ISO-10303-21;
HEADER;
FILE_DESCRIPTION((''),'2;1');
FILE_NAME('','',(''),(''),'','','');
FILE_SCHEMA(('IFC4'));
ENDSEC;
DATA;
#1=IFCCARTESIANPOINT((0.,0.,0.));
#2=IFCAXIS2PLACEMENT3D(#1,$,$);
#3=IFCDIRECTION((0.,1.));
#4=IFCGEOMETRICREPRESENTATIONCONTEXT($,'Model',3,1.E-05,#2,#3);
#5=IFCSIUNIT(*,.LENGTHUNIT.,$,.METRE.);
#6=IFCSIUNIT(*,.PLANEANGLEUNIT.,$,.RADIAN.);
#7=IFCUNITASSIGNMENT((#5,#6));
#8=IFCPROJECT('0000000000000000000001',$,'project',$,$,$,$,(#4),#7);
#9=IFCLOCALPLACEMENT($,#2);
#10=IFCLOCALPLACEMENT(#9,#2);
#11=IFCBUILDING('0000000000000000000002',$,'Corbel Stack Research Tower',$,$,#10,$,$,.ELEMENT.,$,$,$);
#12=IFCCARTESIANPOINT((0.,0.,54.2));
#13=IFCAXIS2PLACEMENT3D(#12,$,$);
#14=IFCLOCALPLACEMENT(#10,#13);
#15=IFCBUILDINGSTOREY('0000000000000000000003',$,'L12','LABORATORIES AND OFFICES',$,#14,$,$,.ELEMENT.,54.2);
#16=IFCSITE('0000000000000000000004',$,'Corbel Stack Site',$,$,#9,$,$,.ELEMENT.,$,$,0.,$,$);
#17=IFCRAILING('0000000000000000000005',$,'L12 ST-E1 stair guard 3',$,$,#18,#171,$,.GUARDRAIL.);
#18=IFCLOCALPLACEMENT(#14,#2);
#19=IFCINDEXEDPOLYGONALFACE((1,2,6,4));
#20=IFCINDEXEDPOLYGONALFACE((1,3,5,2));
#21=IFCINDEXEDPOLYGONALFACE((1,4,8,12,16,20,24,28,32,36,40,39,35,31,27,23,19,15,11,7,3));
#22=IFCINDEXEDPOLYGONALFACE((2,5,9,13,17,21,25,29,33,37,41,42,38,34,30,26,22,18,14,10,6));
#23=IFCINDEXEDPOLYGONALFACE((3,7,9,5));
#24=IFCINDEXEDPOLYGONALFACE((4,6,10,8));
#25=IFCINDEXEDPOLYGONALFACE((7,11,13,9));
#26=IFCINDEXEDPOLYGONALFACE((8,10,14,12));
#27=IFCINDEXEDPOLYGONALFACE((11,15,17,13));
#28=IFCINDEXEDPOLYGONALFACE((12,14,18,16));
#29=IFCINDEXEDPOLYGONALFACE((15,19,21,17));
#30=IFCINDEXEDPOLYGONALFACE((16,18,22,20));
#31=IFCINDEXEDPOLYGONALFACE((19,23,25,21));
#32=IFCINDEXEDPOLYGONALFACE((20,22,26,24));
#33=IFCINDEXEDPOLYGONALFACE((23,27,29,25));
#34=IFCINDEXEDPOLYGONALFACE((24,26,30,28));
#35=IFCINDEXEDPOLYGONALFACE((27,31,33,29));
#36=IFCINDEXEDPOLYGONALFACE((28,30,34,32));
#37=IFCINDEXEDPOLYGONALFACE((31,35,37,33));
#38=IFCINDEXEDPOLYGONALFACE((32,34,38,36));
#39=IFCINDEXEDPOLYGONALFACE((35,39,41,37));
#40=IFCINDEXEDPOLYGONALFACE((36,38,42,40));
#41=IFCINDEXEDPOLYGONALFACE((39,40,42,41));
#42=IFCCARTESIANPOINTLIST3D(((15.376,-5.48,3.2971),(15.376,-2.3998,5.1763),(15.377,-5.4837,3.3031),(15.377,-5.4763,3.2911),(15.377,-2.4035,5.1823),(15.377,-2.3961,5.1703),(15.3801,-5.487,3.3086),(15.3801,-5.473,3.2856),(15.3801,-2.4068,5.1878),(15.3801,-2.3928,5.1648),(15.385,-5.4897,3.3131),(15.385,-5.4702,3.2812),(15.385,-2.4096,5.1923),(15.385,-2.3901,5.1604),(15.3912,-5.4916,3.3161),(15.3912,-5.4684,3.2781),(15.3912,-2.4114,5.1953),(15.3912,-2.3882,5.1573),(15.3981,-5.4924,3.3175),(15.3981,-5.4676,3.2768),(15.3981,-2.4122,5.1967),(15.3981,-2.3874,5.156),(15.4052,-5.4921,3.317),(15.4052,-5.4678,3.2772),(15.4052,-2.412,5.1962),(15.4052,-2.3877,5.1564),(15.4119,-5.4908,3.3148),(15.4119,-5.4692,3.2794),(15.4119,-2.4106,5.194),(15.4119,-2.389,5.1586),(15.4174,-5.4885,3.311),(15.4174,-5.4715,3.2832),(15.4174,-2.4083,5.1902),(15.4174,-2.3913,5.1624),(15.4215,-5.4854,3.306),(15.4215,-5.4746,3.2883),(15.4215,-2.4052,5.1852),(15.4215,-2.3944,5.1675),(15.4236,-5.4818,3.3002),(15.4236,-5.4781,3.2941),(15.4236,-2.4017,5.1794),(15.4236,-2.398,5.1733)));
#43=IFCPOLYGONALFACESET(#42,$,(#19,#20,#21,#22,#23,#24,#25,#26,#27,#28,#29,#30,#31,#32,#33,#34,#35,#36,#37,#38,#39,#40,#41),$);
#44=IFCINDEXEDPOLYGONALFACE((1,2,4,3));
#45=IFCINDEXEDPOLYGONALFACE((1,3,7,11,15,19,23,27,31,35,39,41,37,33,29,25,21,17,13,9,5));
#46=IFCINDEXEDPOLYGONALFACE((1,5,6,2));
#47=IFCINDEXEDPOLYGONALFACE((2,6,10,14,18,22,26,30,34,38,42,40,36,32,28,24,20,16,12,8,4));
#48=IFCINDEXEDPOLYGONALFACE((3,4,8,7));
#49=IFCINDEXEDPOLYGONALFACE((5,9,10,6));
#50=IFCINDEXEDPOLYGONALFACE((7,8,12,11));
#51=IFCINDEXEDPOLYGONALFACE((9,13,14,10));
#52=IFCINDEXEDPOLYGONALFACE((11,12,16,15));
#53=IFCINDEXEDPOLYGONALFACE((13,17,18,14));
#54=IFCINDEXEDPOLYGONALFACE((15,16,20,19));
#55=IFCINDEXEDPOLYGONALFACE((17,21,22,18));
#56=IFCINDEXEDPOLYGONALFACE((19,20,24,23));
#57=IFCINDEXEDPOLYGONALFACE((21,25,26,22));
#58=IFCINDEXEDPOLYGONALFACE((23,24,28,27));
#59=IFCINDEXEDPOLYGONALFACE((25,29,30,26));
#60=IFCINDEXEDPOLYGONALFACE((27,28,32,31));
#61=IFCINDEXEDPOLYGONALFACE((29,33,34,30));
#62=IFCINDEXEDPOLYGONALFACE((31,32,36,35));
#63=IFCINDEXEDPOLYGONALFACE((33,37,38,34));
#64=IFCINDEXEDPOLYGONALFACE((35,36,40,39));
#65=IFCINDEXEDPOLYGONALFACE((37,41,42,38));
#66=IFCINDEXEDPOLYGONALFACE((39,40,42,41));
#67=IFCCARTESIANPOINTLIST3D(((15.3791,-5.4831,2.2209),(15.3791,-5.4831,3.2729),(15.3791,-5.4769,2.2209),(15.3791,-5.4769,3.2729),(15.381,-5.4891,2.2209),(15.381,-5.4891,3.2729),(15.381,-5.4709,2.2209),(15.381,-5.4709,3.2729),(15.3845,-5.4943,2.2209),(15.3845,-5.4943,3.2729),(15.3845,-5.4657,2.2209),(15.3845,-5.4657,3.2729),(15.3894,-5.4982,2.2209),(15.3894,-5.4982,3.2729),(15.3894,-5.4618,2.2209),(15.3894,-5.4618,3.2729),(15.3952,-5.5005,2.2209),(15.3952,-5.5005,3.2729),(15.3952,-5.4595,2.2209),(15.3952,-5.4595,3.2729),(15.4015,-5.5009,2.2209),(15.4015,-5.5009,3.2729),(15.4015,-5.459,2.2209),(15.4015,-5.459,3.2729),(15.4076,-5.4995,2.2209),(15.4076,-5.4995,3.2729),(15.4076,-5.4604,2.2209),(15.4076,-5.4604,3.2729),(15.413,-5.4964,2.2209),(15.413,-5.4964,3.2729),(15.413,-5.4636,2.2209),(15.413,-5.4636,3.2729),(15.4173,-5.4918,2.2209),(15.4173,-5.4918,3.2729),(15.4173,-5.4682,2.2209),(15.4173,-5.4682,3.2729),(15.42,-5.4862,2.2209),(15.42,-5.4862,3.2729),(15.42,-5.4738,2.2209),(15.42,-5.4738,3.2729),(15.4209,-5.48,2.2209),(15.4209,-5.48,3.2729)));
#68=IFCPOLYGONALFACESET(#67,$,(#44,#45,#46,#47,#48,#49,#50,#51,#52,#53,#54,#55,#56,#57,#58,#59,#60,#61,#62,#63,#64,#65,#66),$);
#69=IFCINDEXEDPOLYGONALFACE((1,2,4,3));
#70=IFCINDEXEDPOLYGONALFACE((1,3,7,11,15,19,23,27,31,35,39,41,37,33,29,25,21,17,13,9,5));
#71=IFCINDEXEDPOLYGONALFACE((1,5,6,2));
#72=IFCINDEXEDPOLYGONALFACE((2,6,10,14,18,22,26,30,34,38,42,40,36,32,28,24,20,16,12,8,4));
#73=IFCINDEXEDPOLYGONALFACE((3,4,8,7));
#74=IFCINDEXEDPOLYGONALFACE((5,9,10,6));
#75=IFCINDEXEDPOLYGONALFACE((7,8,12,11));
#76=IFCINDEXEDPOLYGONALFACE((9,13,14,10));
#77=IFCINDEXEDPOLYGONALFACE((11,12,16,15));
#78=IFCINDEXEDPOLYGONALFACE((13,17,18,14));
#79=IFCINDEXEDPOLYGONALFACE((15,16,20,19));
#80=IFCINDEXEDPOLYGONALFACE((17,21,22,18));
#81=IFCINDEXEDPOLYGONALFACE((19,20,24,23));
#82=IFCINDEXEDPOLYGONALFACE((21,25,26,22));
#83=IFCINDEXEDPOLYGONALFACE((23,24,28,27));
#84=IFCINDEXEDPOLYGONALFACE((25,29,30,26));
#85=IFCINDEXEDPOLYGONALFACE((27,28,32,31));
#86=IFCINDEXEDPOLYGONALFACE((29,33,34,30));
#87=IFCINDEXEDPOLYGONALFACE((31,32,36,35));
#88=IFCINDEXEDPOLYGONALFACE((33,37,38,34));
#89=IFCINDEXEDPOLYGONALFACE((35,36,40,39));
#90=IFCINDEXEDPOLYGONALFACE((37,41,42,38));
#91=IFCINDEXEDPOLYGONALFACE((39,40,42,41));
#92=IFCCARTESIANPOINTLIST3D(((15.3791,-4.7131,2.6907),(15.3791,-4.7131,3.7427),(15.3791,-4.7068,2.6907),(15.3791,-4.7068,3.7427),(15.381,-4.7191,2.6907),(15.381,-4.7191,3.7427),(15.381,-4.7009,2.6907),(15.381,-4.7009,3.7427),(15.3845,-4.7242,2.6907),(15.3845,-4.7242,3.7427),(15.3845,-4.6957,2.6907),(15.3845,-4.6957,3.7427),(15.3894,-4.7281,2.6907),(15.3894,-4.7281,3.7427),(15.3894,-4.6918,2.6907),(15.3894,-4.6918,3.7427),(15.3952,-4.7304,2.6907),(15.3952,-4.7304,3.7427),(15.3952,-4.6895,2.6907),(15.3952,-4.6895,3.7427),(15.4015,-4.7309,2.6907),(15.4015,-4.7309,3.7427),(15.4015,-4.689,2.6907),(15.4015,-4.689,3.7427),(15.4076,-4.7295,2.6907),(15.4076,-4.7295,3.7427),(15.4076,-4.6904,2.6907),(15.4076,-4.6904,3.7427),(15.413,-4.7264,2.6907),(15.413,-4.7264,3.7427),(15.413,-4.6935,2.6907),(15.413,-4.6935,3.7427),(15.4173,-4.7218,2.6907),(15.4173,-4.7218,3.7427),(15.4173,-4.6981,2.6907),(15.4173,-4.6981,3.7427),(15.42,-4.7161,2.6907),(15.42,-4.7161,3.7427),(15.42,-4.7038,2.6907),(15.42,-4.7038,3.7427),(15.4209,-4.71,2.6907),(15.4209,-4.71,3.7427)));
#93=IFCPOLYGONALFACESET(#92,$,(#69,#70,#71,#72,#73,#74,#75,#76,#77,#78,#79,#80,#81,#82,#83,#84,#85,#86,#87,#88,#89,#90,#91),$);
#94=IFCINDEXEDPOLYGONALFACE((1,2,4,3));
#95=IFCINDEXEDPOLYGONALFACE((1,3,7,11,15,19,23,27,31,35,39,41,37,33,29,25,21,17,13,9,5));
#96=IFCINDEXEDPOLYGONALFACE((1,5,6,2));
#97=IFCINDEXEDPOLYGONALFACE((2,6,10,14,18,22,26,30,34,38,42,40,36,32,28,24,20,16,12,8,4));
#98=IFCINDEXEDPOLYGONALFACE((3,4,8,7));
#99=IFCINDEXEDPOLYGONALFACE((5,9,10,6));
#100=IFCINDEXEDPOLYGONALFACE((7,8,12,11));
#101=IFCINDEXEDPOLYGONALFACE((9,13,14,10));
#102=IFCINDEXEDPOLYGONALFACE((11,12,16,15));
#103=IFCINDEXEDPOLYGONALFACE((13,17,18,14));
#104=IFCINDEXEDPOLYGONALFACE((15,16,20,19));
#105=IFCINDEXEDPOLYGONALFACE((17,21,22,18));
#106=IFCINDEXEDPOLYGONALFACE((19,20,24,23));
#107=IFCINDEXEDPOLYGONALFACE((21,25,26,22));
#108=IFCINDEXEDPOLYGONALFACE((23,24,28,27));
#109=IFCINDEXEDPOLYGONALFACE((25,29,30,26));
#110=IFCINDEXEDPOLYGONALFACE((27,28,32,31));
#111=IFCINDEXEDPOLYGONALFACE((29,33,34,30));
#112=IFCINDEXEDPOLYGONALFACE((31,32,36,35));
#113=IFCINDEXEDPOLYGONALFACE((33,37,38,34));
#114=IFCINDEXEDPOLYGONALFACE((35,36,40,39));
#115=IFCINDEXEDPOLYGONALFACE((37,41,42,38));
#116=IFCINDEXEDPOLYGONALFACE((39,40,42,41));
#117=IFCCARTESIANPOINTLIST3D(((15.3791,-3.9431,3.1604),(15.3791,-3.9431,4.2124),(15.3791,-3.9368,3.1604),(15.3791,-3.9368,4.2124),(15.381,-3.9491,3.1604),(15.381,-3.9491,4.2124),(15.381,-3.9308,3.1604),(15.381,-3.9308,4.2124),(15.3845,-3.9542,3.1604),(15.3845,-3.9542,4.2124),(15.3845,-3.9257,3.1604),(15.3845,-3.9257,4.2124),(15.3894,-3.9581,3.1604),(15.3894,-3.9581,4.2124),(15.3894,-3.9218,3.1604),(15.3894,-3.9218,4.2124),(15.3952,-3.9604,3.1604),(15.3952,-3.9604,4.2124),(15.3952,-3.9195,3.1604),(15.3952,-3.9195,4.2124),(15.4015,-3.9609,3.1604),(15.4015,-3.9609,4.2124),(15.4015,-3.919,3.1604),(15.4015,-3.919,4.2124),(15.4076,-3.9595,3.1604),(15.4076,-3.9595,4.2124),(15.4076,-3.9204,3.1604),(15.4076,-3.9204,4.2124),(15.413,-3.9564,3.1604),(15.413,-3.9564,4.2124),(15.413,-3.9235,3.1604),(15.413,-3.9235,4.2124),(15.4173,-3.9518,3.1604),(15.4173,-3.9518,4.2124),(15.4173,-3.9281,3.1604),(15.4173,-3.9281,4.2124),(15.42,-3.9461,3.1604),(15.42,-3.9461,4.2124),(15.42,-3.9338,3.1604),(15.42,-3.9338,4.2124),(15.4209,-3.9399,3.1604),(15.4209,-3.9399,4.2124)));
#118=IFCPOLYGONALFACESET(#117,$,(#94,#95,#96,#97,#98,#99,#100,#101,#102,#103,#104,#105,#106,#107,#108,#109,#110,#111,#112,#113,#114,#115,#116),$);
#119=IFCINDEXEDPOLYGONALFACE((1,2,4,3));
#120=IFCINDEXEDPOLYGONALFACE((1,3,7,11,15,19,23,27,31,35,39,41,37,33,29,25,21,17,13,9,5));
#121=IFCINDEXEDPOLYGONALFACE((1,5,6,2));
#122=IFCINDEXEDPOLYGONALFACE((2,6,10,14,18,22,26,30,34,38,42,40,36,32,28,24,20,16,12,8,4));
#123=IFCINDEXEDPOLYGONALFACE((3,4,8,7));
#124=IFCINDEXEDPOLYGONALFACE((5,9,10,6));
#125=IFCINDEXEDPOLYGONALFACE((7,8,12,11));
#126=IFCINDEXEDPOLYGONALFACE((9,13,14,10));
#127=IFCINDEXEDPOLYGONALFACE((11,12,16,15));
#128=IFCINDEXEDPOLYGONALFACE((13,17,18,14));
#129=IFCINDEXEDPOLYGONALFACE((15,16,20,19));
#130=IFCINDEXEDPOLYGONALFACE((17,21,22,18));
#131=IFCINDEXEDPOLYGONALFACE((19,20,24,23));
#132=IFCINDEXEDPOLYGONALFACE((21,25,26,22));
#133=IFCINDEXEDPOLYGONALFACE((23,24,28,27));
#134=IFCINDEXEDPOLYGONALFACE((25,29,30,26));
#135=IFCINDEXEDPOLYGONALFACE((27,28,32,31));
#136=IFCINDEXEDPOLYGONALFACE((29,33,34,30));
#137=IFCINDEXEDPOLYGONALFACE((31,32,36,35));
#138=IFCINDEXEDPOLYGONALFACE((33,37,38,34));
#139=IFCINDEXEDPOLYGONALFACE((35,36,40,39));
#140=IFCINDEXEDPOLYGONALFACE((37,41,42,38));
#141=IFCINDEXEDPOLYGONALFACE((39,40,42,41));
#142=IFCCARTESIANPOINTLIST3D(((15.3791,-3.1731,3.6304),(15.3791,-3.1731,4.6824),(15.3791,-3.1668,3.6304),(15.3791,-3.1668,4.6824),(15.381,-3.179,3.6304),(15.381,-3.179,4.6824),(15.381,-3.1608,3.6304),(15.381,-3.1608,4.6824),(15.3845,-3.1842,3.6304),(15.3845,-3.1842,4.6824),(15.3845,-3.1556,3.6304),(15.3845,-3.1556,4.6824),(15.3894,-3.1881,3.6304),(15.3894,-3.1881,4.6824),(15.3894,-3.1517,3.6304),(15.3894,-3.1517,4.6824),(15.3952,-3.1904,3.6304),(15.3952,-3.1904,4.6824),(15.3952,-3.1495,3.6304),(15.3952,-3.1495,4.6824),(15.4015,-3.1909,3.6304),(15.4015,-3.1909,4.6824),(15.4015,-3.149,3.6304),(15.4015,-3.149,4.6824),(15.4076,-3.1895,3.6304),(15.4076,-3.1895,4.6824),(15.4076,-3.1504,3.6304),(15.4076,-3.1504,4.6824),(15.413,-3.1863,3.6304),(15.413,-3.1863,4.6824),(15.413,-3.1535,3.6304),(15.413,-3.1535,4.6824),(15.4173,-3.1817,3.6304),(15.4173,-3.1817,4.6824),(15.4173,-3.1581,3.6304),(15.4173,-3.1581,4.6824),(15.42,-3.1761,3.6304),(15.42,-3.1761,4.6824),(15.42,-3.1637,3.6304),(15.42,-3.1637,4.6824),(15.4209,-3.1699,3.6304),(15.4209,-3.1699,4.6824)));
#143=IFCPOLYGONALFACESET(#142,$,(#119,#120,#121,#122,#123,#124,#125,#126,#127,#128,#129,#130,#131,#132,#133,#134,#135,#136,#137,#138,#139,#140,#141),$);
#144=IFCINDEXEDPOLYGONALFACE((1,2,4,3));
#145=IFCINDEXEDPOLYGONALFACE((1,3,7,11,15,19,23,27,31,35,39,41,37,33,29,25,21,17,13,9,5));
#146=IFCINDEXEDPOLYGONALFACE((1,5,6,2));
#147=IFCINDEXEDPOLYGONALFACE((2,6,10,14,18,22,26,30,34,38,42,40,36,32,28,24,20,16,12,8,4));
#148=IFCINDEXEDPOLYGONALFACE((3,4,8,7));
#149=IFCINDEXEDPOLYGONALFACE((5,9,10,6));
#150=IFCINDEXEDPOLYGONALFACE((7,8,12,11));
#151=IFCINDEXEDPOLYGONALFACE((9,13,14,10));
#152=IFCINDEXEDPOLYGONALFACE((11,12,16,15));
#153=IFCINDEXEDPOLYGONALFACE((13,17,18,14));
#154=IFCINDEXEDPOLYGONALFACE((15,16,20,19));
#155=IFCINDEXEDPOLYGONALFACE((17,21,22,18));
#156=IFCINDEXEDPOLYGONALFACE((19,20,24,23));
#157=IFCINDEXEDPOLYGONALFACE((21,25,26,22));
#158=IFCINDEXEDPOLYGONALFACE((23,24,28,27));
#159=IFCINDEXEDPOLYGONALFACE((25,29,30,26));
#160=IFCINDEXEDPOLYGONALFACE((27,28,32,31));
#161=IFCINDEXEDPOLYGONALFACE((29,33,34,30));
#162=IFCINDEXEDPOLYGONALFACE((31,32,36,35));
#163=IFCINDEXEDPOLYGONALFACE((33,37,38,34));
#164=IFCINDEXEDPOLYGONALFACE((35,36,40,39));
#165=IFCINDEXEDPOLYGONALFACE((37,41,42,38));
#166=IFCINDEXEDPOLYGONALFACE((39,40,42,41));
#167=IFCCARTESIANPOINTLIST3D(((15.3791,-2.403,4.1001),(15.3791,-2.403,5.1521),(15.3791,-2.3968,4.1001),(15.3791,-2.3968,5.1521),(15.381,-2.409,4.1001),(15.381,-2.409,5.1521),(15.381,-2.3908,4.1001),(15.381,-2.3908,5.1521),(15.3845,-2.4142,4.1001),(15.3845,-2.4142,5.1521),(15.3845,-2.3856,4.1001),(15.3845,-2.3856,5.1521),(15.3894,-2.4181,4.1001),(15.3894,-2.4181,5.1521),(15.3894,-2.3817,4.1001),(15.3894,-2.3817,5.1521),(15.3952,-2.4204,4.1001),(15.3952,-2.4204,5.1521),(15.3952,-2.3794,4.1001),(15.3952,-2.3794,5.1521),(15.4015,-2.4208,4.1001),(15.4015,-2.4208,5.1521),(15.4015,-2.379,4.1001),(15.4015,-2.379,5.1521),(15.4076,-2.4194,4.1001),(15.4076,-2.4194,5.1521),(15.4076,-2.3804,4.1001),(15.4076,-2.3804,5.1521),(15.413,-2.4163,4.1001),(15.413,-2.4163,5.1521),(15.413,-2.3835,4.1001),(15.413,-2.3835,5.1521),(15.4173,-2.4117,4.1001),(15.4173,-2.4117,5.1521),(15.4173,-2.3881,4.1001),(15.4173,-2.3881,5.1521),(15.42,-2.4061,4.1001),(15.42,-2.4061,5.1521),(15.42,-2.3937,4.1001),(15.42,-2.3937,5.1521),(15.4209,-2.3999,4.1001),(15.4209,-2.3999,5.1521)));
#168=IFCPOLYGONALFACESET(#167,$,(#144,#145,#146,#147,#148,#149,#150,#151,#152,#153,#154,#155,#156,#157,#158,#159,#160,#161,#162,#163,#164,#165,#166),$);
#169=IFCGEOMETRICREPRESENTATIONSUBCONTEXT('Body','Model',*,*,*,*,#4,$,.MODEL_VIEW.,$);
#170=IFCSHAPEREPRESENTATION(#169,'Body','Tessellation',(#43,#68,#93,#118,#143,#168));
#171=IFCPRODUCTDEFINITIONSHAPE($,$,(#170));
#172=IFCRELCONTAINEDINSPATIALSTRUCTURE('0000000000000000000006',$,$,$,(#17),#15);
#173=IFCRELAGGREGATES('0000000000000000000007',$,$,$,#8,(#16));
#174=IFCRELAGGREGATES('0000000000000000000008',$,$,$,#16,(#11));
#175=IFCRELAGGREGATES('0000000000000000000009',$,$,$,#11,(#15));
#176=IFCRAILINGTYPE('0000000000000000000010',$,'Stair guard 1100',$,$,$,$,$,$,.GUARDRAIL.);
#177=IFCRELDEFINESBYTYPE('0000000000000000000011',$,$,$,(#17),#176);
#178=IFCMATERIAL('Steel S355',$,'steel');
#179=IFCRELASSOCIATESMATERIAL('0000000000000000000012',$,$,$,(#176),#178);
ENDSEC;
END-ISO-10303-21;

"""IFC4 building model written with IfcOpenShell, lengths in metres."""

from ifc_helpers import new_model, si_unit, direction, frame, origin, origin_2d, place, context, subcontext, project, spatial, circle, extrude, material, type_object, element, save


model = new_model("IFC4")

# Units and contexts
model_context = context("Model", 3, precision=1e-05, world=origin(), true_north=direction((0.0, 1.0)))
body_context = subcontext(model_context, "Body", "Model", "MODEL_VIEW")
ifc_project = project(units=[si_unit("LENGTHUNIT", "METRE"), si_unit("PLANEANGLEUNIT", "RADIAN")], contexts=[model_context])

# Site, building, storey
site_placement = place(None, origin())
site = spatial("IfcSite", under=ifc_project, at=site_placement, Name="Corbel Stack Site", CompositionType="ELEMENT", RefElevation=0.0)
building_placement = place(site_placement, origin())
building = spatial("IfcBuilding", under=site, at=building_placement, Name="Corbel Stack Research Tower", CompositionType="ELEMENT")
storey_placement = place(building_placement, frame((0.0, 0.0, 54.2)))
storey = spatial("IfcBuildingStorey", under=building, at=storey_placement, Name="L12", Description="LABORATORIES AND OFFICES", CompositionType="ELEMENT", Elevation=54.2)

# Railing
ifc_material_1 = material(Name="Steel S355", Category="steel")
railing_type_1 = type_object("IfcRailingType", Name="Stair guard 1100", PredefinedType="GUARDRAIL", material=ifc_material_1)
railing_1_placement = place(storey_placement, frame((15.3999, -5.48, 2.2209)))
element("IfcRailing", 1, at=railing_1_placement, inside=storey, type_object=railing_type_1, Name="L12 ST-E1 stair guard 3", PredefinedType="GUARDRAIL", context=body_context, shape_type="SweptSolid", body=[
    extrude(circle(Radius=0.0239, at=origin_2d()), frame((0.0, 0.0, 1.0762), z_axis=(0.0, 0.853666, 0.52082), x_axis=(-1.0, 0.0, 0.0)), (0.0, 0.0, 1.0), 3.6082),
    extrude(circle(Radius=0.021, at=origin_2d()), origin(), (0.0, 0.0, 1.0), 1.052),
    extrude(circle(Radius=0.021, at=origin_2d()), frame((0.0, 0.77, 0.4697)), (0.0, 0.0, 1.0), 1.052),
    extrude(circle(Radius=0.021, at=origin_2d()), frame((0.0, 1.54, 0.9395)), (0.0, 0.0, 1.0), 1.052),
    extrude(circle(Radius=0.021, at=origin_2d()), frame((0.0, 2.3101, 1.4094)), (0.0, 0.0, 1.0), 1.052),
    extrude(circle(Radius=0.021, at=origin_2d()), frame((0.0, 3.0801, 1.8792)), (0.0, 0.0, 1.0), 1.052),
])

save(model, "model.ifc")
